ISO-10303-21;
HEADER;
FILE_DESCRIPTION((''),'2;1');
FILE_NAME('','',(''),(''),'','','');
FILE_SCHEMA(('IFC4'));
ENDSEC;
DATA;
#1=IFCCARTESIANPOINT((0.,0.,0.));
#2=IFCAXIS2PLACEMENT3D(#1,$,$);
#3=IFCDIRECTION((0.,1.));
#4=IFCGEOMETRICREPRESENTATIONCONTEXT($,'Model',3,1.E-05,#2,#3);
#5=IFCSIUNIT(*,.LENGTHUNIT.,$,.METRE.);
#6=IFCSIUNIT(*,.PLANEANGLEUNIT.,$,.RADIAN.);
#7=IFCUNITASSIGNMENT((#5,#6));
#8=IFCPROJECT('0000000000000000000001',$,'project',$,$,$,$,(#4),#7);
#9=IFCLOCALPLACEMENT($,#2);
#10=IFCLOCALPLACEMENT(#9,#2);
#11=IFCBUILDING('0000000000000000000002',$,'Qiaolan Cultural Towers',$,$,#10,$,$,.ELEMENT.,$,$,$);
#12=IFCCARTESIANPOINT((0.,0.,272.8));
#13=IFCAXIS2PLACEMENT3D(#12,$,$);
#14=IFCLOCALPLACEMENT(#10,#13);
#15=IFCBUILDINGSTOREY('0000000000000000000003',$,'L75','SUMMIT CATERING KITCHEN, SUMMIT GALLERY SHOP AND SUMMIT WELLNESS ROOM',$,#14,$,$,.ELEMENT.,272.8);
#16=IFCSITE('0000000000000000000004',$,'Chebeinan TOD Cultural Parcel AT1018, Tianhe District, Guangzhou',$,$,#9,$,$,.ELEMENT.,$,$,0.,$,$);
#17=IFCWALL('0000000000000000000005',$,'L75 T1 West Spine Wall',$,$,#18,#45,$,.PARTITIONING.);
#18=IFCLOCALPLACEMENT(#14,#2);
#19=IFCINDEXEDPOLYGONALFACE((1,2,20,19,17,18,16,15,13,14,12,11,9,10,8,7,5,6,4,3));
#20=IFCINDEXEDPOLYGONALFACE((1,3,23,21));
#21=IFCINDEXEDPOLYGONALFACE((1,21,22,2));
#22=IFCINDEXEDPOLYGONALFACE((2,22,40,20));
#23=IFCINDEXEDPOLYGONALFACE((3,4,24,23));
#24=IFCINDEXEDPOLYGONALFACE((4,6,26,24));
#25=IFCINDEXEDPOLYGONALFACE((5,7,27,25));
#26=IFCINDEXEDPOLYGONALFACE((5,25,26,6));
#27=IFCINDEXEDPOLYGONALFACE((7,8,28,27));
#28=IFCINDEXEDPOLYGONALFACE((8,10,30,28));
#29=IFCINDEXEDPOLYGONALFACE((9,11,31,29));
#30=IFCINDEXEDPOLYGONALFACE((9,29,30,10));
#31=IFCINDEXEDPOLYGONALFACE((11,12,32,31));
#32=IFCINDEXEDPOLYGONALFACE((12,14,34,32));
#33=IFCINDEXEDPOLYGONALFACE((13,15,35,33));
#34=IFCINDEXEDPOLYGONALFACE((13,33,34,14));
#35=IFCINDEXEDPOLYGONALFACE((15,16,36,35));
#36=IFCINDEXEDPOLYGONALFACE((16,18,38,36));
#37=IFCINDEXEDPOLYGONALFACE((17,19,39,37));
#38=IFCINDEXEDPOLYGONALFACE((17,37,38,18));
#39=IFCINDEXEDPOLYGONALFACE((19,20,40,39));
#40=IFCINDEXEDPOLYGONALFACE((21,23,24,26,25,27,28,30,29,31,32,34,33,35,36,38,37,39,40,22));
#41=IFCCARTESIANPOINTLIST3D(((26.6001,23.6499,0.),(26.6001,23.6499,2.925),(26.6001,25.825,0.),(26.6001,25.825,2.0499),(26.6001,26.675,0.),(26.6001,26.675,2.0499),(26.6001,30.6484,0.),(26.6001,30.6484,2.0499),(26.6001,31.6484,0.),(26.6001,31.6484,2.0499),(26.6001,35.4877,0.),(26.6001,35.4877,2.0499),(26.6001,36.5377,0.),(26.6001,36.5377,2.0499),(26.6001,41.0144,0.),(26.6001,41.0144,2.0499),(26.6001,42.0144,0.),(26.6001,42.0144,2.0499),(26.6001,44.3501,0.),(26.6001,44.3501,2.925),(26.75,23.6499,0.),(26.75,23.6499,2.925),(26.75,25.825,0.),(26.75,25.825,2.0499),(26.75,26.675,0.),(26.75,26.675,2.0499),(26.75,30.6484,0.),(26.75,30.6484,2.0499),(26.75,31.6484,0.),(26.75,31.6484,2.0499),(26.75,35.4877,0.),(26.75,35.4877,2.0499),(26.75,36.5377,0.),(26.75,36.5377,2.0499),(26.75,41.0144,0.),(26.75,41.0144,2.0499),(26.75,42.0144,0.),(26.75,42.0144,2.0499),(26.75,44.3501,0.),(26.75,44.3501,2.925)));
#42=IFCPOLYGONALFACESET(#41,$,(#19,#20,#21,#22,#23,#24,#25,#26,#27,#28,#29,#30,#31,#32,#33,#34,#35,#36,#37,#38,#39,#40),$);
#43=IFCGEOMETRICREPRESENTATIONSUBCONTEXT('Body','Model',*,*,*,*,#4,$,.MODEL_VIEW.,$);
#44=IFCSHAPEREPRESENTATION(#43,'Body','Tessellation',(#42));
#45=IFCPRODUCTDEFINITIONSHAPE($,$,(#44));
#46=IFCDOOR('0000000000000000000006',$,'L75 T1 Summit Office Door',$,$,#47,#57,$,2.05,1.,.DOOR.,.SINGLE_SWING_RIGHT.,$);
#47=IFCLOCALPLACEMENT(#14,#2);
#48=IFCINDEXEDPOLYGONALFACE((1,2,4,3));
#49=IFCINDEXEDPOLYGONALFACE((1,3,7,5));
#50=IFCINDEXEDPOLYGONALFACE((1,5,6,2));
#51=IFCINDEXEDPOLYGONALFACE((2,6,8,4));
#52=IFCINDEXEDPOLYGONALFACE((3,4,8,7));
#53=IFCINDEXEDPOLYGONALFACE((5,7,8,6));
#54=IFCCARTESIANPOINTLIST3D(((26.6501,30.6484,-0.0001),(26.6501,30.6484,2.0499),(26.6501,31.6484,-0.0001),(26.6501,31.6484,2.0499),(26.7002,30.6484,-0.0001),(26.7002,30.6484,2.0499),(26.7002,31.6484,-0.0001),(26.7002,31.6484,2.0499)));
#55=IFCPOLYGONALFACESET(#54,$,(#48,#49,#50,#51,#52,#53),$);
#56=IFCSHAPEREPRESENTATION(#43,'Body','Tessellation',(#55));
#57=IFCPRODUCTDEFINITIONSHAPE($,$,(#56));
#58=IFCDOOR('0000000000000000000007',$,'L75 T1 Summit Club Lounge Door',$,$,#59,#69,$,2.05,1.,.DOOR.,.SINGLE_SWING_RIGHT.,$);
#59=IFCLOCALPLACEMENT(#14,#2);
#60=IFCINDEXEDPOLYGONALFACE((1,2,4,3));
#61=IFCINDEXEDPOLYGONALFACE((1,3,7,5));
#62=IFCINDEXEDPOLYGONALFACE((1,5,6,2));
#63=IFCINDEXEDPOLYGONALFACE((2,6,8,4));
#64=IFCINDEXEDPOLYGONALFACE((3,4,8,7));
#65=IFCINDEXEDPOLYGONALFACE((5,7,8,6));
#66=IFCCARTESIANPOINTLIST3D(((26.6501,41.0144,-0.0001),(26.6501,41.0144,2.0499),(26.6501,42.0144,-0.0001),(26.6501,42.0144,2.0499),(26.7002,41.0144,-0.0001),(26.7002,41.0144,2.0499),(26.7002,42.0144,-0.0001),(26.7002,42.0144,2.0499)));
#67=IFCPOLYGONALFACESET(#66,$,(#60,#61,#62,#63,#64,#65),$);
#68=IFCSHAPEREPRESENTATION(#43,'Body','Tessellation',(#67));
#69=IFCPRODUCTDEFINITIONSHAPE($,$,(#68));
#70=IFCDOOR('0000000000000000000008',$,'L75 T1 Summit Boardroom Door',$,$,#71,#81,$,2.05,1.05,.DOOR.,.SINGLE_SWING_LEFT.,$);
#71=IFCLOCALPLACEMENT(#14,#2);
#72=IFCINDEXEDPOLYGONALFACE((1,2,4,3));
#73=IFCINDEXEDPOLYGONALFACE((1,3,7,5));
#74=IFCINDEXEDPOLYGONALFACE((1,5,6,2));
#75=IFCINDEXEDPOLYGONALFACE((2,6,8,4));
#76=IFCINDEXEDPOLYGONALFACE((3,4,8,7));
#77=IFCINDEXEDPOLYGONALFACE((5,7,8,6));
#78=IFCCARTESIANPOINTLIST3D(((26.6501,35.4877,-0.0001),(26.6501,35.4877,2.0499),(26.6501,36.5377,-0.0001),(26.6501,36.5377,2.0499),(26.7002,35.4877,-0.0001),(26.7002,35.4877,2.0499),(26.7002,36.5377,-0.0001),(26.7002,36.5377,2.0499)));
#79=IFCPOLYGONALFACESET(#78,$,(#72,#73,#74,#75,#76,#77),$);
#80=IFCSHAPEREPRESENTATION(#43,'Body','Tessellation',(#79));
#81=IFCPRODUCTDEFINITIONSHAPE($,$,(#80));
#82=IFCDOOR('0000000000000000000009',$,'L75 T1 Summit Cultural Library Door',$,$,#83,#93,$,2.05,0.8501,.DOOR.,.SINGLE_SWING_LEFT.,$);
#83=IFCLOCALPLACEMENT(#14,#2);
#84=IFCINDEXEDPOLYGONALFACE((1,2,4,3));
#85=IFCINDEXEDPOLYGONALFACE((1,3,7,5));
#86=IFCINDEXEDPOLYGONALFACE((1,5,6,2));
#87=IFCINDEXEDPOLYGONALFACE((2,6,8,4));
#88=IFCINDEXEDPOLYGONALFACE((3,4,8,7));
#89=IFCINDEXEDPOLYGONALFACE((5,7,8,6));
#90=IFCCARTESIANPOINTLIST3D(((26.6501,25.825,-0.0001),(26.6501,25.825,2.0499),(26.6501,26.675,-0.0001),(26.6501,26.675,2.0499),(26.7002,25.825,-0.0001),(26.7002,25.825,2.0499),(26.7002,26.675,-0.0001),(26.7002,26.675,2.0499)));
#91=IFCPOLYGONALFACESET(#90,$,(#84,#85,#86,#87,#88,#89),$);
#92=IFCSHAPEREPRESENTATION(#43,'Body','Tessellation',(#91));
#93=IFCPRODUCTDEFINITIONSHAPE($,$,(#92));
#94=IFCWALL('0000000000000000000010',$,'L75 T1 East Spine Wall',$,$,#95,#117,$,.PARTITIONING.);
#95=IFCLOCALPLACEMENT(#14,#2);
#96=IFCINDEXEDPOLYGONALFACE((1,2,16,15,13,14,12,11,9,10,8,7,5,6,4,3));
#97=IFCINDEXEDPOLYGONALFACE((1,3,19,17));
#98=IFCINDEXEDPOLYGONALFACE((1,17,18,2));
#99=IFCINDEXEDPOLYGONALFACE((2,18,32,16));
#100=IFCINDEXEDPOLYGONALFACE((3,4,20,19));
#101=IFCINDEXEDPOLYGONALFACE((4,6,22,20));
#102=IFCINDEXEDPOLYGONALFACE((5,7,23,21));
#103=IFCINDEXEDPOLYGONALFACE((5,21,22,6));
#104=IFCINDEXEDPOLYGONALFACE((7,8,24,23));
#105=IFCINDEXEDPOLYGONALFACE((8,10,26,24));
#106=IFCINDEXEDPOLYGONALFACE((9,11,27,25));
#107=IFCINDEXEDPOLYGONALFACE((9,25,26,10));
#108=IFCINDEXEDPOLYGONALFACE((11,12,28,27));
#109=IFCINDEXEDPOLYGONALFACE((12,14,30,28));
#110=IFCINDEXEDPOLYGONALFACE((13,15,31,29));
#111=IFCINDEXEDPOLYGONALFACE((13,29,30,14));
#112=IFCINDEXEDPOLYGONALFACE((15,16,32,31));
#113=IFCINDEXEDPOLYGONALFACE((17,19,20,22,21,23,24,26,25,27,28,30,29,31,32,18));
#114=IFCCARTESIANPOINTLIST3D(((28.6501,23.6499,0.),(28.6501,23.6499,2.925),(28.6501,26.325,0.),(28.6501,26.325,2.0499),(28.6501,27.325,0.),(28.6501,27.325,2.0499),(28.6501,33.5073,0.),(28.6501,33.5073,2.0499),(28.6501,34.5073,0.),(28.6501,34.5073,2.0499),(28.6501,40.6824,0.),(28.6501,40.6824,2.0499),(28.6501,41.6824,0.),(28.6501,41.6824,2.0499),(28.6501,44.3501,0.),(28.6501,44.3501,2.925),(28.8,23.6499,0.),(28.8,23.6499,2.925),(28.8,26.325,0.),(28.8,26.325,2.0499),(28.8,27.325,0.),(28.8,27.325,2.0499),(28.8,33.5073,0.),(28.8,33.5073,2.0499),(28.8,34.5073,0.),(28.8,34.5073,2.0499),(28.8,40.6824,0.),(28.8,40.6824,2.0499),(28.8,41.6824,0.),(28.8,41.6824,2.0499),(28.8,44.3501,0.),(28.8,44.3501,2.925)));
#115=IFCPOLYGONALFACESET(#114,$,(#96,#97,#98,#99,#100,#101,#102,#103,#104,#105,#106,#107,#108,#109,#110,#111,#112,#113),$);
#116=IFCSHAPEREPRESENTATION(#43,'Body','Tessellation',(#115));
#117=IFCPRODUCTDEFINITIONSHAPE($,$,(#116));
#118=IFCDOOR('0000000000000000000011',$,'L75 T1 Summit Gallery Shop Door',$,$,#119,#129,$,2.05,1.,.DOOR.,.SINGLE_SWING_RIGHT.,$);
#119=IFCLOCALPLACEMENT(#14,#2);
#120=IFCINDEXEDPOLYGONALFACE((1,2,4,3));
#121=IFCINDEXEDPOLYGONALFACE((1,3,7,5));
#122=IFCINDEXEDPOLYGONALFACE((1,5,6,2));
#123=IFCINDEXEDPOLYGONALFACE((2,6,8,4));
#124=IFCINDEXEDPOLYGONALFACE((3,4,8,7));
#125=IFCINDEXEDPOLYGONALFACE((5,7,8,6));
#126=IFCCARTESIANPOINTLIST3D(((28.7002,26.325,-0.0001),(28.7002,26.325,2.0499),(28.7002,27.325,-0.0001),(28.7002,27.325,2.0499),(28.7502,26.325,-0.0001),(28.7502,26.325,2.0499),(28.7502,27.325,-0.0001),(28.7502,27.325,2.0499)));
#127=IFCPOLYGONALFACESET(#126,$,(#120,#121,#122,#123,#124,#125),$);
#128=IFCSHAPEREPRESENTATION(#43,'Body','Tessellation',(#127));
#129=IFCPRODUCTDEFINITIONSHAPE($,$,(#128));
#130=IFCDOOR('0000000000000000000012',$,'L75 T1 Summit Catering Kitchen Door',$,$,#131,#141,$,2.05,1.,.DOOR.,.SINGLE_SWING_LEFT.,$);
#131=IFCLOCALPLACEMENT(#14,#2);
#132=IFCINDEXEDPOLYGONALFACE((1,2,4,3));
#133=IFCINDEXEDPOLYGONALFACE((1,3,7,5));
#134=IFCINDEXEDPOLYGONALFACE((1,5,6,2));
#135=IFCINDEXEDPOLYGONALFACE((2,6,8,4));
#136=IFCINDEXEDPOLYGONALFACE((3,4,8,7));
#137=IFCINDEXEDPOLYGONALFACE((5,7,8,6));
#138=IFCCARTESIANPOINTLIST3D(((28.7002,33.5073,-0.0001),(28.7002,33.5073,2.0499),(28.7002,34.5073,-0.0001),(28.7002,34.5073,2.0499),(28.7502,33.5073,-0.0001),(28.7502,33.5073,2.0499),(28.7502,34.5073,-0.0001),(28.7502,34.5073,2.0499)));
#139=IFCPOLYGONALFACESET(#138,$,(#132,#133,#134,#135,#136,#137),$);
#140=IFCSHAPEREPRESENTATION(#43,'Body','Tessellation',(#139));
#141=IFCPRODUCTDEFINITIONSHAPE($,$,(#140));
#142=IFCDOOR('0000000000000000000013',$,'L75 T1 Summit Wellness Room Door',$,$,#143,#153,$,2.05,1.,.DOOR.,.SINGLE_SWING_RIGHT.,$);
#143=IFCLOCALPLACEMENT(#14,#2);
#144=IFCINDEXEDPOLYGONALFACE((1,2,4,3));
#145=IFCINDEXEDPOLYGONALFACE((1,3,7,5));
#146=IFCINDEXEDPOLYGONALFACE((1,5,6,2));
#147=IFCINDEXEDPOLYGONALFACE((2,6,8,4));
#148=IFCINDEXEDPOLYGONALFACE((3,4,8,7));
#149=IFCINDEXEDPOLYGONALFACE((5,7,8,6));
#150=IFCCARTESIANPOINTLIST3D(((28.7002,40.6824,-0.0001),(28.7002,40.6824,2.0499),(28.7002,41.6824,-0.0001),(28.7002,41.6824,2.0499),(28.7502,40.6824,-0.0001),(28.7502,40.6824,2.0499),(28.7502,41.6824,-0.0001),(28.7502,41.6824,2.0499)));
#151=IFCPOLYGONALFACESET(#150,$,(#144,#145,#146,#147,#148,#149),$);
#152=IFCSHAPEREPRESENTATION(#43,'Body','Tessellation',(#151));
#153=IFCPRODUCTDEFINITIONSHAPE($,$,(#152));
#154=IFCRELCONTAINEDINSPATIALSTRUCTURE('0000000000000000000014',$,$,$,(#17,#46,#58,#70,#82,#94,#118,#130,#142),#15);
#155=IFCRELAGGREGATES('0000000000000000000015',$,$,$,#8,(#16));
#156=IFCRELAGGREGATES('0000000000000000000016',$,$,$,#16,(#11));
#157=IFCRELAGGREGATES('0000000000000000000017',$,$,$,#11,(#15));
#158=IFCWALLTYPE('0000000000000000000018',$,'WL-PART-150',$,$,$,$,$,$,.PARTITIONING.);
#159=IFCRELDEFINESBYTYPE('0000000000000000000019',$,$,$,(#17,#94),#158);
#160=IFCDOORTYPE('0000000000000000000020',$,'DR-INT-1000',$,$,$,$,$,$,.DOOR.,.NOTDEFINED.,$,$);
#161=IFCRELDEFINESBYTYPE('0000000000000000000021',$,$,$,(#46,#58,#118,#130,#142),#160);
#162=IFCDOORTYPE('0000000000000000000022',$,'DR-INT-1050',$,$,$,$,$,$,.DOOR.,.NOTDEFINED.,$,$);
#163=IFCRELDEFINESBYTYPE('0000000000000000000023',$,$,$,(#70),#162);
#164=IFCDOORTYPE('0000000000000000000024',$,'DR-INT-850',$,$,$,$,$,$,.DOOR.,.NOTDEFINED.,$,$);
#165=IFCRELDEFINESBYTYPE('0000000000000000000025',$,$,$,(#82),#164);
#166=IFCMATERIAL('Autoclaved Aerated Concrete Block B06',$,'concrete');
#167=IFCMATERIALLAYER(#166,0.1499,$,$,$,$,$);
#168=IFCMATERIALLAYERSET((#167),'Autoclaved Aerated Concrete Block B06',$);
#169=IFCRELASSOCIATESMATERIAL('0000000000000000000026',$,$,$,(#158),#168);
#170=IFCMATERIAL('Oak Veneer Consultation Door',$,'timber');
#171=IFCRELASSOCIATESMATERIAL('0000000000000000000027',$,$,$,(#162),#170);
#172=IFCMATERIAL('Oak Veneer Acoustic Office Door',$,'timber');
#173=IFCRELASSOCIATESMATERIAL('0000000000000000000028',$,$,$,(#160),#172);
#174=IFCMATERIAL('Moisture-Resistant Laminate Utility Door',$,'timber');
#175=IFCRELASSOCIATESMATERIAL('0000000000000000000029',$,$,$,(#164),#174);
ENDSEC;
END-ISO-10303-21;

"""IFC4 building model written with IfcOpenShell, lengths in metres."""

from ifc_helpers import new_model, si_unit, direction, frame, frame_2d, origin, place, context, subcontext, project, spatial, rectangle, extrude, material, layer, layer_set, type_object, element, fill, save


model = new_model("IFC4")

# Units and contexts
model_context = context("Model", 3, precision=1e-05, world=origin(), true_north=direction((0.0, 1.0)))
body_context = subcontext(model_context, "Body", "Model", "MODEL_VIEW")
ifc_project = project(units=[si_unit("LENGTHUNIT", "METRE"), si_unit("PLANEANGLEUNIT", "RADIAN")], contexts=[model_context])

# Site, building, storey
site_placement = place(None, origin())
site = spatial("IfcSite", under=ifc_project, at=site_placement, Name="Chebeinan TOD Cultural Parcel AT1018, Tianhe District, Guangzhou", CompositionType="ELEMENT", RefElevation=0.0)
building_placement = place(site_placement, origin())
building = spatial("IfcBuilding", under=site, at=building_placement, Name="Qiaolan Cultural Towers", CompositionType="ELEMENT")
storey_placement = place(building_placement, frame((0.0, 0.0, 272.8)))
storey = spatial("IfcBuildingStorey", under=building, at=storey_placement, Name="L75", Description="SUMMIT CATERING KITCHEN, SUMMIT GALLERY SHOP AND SUMMIT WELLNESS ROOM", CompositionType="ELEMENT", Elevation=272.8)

# Shared definitions
ifc_material_1 = material(Name="Autoclaved Aerated Concrete Block B06", Category="concrete")
ifc_layer_1 = layer(ifc_material_1, 0.1499)
ifc_layer_set_1 = layer_set([ifc_layer_1], Name="Autoclaved Aerated Concrete Block B06")
wall_type_1 = type_object("IfcWallType", Name="WL-PART-150", PredefinedType="PARTITIONING", material=ifc_layer_set_1)
ifc_material_2 = material(Name="Oak Veneer Consultation Door", Category="timber")
door_type_1 = type_object("IfcDoorType", Name="DR-INT-1050", OperationType="NOTDEFINED", PredefinedType="DOOR", material=ifc_material_2)

# Walls, openings, doors
wall_1_placement = place(storey_placement, frame((26.675, 23.6499, 0.0), z_axis=(0.0, 0.0, 1.0), x_axis=(0.0, 1.0, 0.0)))
wall_1 = element("IfcWall", 1, at=wall_1_placement, inside=storey, type_object=wall_type_1, Name="L75 T1 West Spine Wall", PredefinedType="PARTITIONING", context=body_context, shape_type="SweptSolid", body=[
    extrude(rectangle(XDim=20.7002, YDim=0.1499, at=frame_2d((10.3501, 0.0))), origin(), (0.0, 0.0, 1.0), 2.925),
])
opening_1_placement = place(wall_1_placement, frame((2.175, 0.0, 0.0)))
opening_1 = element("IfcOpeningElement", 2, at=opening_1_placement, cuts=wall_1, PredefinedType="OPENING", context=body_context, shape_type="SweptSolid", body=[
    extrude(rectangle(XDim=0.8501, YDim=2.05, at=frame_2d((0.425, 1.0249))), frame((0.0, 0.085, 0.0), z_axis=(0.0, -1.0, 0.0), x_axis=(1.0, 0.0, 0.0)), (0.0, 0.0, 1.0), 0.1699),
])
opening_2_placement = place(wall_1_placement, frame((6.9985, 0.0, 0.0)))
opening_2 = element("IfcOpeningElement", 3, at=opening_2_placement, cuts=wall_1, PredefinedType="OPENING", context=body_context, shape_type="SweptSolid", body=[
    extrude(rectangle(XDim=1.0, YDim=2.05, at=frame_2d((0.5, 1.0249))), frame((0.0, 0.085, 0.0), z_axis=(0.0, -1.0, 0.0), x_axis=(1.0, 0.0, 0.0)), (0.0, 0.0, 1.0), 0.1699),
])
opening_3_placement = place(wall_1_placement, frame((11.8379, 0.0, 0.0)))
opening_3 = element("IfcOpeningElement", 4, at=opening_3_placement, cuts=wall_1, PredefinedType="OPENING", context=body_context, shape_type="SweptSolid", body=[
    extrude(rectangle(XDim=1.05, YDim=2.05, at=frame_2d((0.5249, 1.0249))), frame((0.0, 0.085, 0.0), z_axis=(0.0, -1.0, 0.0), x_axis=(1.0, 0.0, 0.0)), (0.0, 0.0, 1.0), 0.1699),
])
opening_4_placement = place(wall_1_placement, frame((17.3645, 0.0, 0.0)))
opening_4 = element("IfcOpeningElement", 5, at=opening_4_placement, cuts=wall_1, PredefinedType="OPENING", context=body_context, shape_type="SweptSolid", body=[
    extrude(rectangle(XDim=1.0, YDim=2.05, at=frame_2d((0.5, 1.0249))), frame((0.0, 0.085, 0.0), z_axis=(0.0, -1.0, 0.0), x_axis=(1.0, 0.0, 0.0)), (0.0, 0.0, 1.0), 0.1699),
])
ifc_material_3 = material(Name="Oak Veneer Acoustic Office Door", Category="timber")
door_type_2 = type_object("IfcDoorType", Name="DR-INT-1000", OperationType="NOTDEFINED", PredefinedType="DOOR", material=ifc_material_3)
door_1_placement = place(opening_2_placement, origin())
door_1 = element("IfcDoor", 6, at=door_1_placement, inside=storey, type_object=door_type_2, Name="L75 T1 Summit Office Door", OperationType="SINGLE_SWING_RIGHT", OverallHeight=2.05, OverallWidth=1.0, PredefinedType="DOOR", context=body_context, shape_type="SweptSolid", body=[
    extrude(rectangle(XDim=1.0, YDim=2.05, at=frame_2d((0.5, 1.0249))), frame((0.0, 0.0249, 0.0), z_axis=(0.0, -1.0, 0.0), x_axis=(1.0, 0.0, 0.0)), (0.0, 0.0, 1.0), 0.05),
])
fill(opening_2, door_1)
door_2_placement = place(opening_4_placement, origin())
door_2 = element("IfcDoor", 7, at=door_2_placement, inside=storey, type_object=door_type_2, Name="L75 T1 Summit Club Lounge Door", OperationType="SINGLE_SWING_RIGHT", OverallHeight=2.05, OverallWidth=1.0, PredefinedType="DOOR", context=body_context, shape_type="SweptSolid", body=[
    extrude(rectangle(XDim=1.0, YDim=2.05, at=frame_2d((0.5, 1.0249))), frame((0.0, 0.0249, 0.0), z_axis=(0.0, -1.0, 0.0), x_axis=(1.0, 0.0, 0.0)), (0.0, 0.0, 1.0), 0.05),
])
fill(opening_4, door_2)
door_3_placement = place(opening_3_placement, origin())
door_3 = element("IfcDoor", 8, at=door_3_placement, inside=storey, type_object=door_type_1, Name="L75 T1 Summit Boardroom Door", OperationType="SINGLE_SWING_LEFT", OverallHeight=2.05, OverallWidth=1.05, PredefinedType="DOOR", context=body_context, shape_type="SweptSolid", body=[
    extrude(rectangle(XDim=1.05, YDim=2.05, at=frame_2d((0.5249, 1.0249))), frame((0.0, 0.0249, 0.0), z_axis=(0.0, -1.0, 0.0), x_axis=(1.0, 0.0, 0.0)), (0.0, 0.0, 1.0), 0.05),
])
fill(opening_3, door_3)
ifc_material_4 = material(Name="Moisture-Resistant Laminate Utility Door", Category="timber")
door_type_3 = type_object("IfcDoorType", Name="DR-INT-850", OperationType="NOTDEFINED", PredefinedType="DOOR", material=ifc_material_4)
door_4_placement = place(opening_1_placement, origin())
door_4 = element("IfcDoor", 9, at=door_4_placement, inside=storey, type_object=door_type_3, Name="L75 T1 Summit Cultural Library Door", OperationType="SINGLE_SWING_LEFT", OverallHeight=2.05, OverallWidth=0.8501, PredefinedType="DOOR", context=body_context, shape_type="SweptSolid", body=[
    extrude(rectangle(XDim=0.8501, YDim=2.05, at=frame_2d((0.425, 1.0249))), frame((0.0, 0.0249, 0.0), z_axis=(0.0, -1.0, 0.0), x_axis=(1.0, 0.0, 0.0)), (0.0, 0.0, 1.0), 0.05),
])
fill(opening_1, door_4)
wall_2_placement = place(storey_placement, frame((28.7251, 23.6499, 0.0), z_axis=(0.0, 0.0, 1.0), x_axis=(0.0, 1.0, 0.0)))
wall_2 = element("IfcWall", 10, at=wall_2_placement, inside=storey, type_object=wall_type_1, Name="L75 T1 East Spine Wall", PredefinedType="PARTITIONING", context=body_context, shape_type="SweptSolid", body=[
    extrude(rectangle(XDim=20.7002, YDim=0.1499, at=frame_2d((10.3501, 0.0))), origin(), (0.0, 0.0, 1.0), 2.925),
])
opening_5_placement = place(wall_2_placement, frame((2.675, 0.0, 0.0)))
opening_5 = element("IfcOpeningElement", 11, at=opening_5_placement, cuts=wall_2, PredefinedType="OPENING", context=body_context, shape_type="SweptSolid", body=[
    extrude(rectangle(XDim=1.0, YDim=2.05, at=frame_2d((0.5, 1.0249))), frame((0.0, 0.085, 0.0), z_axis=(0.0, -1.0, 0.0), x_axis=(1.0, 0.0, 0.0)), (0.0, 0.0, 1.0), 0.1699),
])
opening_6_placement = place(wall_2_placement, frame((9.8574, 0.0, 0.0)))
opening_6 = element("IfcOpeningElement", 12, at=opening_6_placement, cuts=wall_2, PredefinedType="OPENING", context=body_context, shape_type="SweptSolid", body=[
    extrude(rectangle(XDim=1.0, YDim=2.05, at=frame_2d((0.5, 1.0249))), frame((0.0, 0.085, 0.0), z_axis=(0.0, -1.0, 0.0), x_axis=(1.0, 0.0, 0.0)), (0.0, 0.0, 1.0), 0.1699),
])
opening_7_placement = place(wall_2_placement, frame((17.0325, 0.0, 0.0)))
opening_7 = element("IfcOpeningElement", 13, at=opening_7_placement, cuts=wall_2, PredefinedType="OPENING", context=body_context, shape_type="SweptSolid", body=[
    extrude(rectangle(XDim=1.0, YDim=2.05, at=frame_2d((0.5, 1.0249))), frame((0.0, 0.085, 0.0), z_axis=(0.0, -1.0, 0.0), x_axis=(1.0, 0.0, 0.0)), (0.0, 0.0, 1.0), 0.1699),
])
door_5_placement = place(opening_5_placement, origin())
door_5 = element("IfcDoor", 14, at=door_5_placement, inside=storey, type_object=door_type_2, Name="L75 T1 Summit Gallery Shop Door", OperationType="SINGLE_SWING_RIGHT", OverallHeight=2.05, OverallWidth=1.0, PredefinedType="DOOR", context=body_context, shape_type="SweptSolid", body=[
    extrude(rectangle(XDim=1.0, YDim=2.05, at=frame_2d((0.5, 1.0249))), frame((0.0, 0.0249, 0.0), z_axis=(0.0, -1.0, 0.0), x_axis=(1.0, 0.0, 0.0)), (0.0, 0.0, 1.0), 0.05),
])
fill(opening_5, door_5)
door_6_placement = place(opening_6_placement, origin())
door_6 = element("IfcDoor", 15, at=door_6_placement, inside=storey, type_object=door_type_2, Name="L75 T1 Summit Catering Kitchen Door", OperationType="SINGLE_SWING_LEFT", OverallHeight=2.05, OverallWidth=1.0, PredefinedType="DOOR", context=body_context, shape_type="SweptSolid", body=[
    extrude(rectangle(XDim=1.0, YDim=2.05, at=frame_2d((0.5, 1.0249))), frame((0.0, 0.0249, 0.0), z_axis=(0.0, -1.0, 0.0), x_axis=(1.0, 0.0, 0.0)), (0.0, 0.0, 1.0), 0.05),
])
fill(opening_6, door_6)
door_7_placement = place(opening_7_placement, origin())
door_7 = element("IfcDoor", 16, at=door_7_placement, inside=storey, type_object=door_type_2, Name="L75 T1 Summit Wellness Room Door", OperationType="SINGLE_SWING_RIGHT", OverallHeight=2.05, OverallWidth=1.0, PredefinedType="DOOR", context=body_context, shape_type="SweptSolid", body=[
    extrude(rectangle(XDim=1.0, YDim=2.05, at=frame_2d((0.5, 1.0249))), frame((0.0, 0.0249, 0.0), z_axis=(0.0, -1.0, 0.0), x_axis=(1.0, 0.0, 0.0)), (0.0, 0.0, 1.0), 0.05),
])
fill(opening_7, door_7)

save(model, "model.ifc")
